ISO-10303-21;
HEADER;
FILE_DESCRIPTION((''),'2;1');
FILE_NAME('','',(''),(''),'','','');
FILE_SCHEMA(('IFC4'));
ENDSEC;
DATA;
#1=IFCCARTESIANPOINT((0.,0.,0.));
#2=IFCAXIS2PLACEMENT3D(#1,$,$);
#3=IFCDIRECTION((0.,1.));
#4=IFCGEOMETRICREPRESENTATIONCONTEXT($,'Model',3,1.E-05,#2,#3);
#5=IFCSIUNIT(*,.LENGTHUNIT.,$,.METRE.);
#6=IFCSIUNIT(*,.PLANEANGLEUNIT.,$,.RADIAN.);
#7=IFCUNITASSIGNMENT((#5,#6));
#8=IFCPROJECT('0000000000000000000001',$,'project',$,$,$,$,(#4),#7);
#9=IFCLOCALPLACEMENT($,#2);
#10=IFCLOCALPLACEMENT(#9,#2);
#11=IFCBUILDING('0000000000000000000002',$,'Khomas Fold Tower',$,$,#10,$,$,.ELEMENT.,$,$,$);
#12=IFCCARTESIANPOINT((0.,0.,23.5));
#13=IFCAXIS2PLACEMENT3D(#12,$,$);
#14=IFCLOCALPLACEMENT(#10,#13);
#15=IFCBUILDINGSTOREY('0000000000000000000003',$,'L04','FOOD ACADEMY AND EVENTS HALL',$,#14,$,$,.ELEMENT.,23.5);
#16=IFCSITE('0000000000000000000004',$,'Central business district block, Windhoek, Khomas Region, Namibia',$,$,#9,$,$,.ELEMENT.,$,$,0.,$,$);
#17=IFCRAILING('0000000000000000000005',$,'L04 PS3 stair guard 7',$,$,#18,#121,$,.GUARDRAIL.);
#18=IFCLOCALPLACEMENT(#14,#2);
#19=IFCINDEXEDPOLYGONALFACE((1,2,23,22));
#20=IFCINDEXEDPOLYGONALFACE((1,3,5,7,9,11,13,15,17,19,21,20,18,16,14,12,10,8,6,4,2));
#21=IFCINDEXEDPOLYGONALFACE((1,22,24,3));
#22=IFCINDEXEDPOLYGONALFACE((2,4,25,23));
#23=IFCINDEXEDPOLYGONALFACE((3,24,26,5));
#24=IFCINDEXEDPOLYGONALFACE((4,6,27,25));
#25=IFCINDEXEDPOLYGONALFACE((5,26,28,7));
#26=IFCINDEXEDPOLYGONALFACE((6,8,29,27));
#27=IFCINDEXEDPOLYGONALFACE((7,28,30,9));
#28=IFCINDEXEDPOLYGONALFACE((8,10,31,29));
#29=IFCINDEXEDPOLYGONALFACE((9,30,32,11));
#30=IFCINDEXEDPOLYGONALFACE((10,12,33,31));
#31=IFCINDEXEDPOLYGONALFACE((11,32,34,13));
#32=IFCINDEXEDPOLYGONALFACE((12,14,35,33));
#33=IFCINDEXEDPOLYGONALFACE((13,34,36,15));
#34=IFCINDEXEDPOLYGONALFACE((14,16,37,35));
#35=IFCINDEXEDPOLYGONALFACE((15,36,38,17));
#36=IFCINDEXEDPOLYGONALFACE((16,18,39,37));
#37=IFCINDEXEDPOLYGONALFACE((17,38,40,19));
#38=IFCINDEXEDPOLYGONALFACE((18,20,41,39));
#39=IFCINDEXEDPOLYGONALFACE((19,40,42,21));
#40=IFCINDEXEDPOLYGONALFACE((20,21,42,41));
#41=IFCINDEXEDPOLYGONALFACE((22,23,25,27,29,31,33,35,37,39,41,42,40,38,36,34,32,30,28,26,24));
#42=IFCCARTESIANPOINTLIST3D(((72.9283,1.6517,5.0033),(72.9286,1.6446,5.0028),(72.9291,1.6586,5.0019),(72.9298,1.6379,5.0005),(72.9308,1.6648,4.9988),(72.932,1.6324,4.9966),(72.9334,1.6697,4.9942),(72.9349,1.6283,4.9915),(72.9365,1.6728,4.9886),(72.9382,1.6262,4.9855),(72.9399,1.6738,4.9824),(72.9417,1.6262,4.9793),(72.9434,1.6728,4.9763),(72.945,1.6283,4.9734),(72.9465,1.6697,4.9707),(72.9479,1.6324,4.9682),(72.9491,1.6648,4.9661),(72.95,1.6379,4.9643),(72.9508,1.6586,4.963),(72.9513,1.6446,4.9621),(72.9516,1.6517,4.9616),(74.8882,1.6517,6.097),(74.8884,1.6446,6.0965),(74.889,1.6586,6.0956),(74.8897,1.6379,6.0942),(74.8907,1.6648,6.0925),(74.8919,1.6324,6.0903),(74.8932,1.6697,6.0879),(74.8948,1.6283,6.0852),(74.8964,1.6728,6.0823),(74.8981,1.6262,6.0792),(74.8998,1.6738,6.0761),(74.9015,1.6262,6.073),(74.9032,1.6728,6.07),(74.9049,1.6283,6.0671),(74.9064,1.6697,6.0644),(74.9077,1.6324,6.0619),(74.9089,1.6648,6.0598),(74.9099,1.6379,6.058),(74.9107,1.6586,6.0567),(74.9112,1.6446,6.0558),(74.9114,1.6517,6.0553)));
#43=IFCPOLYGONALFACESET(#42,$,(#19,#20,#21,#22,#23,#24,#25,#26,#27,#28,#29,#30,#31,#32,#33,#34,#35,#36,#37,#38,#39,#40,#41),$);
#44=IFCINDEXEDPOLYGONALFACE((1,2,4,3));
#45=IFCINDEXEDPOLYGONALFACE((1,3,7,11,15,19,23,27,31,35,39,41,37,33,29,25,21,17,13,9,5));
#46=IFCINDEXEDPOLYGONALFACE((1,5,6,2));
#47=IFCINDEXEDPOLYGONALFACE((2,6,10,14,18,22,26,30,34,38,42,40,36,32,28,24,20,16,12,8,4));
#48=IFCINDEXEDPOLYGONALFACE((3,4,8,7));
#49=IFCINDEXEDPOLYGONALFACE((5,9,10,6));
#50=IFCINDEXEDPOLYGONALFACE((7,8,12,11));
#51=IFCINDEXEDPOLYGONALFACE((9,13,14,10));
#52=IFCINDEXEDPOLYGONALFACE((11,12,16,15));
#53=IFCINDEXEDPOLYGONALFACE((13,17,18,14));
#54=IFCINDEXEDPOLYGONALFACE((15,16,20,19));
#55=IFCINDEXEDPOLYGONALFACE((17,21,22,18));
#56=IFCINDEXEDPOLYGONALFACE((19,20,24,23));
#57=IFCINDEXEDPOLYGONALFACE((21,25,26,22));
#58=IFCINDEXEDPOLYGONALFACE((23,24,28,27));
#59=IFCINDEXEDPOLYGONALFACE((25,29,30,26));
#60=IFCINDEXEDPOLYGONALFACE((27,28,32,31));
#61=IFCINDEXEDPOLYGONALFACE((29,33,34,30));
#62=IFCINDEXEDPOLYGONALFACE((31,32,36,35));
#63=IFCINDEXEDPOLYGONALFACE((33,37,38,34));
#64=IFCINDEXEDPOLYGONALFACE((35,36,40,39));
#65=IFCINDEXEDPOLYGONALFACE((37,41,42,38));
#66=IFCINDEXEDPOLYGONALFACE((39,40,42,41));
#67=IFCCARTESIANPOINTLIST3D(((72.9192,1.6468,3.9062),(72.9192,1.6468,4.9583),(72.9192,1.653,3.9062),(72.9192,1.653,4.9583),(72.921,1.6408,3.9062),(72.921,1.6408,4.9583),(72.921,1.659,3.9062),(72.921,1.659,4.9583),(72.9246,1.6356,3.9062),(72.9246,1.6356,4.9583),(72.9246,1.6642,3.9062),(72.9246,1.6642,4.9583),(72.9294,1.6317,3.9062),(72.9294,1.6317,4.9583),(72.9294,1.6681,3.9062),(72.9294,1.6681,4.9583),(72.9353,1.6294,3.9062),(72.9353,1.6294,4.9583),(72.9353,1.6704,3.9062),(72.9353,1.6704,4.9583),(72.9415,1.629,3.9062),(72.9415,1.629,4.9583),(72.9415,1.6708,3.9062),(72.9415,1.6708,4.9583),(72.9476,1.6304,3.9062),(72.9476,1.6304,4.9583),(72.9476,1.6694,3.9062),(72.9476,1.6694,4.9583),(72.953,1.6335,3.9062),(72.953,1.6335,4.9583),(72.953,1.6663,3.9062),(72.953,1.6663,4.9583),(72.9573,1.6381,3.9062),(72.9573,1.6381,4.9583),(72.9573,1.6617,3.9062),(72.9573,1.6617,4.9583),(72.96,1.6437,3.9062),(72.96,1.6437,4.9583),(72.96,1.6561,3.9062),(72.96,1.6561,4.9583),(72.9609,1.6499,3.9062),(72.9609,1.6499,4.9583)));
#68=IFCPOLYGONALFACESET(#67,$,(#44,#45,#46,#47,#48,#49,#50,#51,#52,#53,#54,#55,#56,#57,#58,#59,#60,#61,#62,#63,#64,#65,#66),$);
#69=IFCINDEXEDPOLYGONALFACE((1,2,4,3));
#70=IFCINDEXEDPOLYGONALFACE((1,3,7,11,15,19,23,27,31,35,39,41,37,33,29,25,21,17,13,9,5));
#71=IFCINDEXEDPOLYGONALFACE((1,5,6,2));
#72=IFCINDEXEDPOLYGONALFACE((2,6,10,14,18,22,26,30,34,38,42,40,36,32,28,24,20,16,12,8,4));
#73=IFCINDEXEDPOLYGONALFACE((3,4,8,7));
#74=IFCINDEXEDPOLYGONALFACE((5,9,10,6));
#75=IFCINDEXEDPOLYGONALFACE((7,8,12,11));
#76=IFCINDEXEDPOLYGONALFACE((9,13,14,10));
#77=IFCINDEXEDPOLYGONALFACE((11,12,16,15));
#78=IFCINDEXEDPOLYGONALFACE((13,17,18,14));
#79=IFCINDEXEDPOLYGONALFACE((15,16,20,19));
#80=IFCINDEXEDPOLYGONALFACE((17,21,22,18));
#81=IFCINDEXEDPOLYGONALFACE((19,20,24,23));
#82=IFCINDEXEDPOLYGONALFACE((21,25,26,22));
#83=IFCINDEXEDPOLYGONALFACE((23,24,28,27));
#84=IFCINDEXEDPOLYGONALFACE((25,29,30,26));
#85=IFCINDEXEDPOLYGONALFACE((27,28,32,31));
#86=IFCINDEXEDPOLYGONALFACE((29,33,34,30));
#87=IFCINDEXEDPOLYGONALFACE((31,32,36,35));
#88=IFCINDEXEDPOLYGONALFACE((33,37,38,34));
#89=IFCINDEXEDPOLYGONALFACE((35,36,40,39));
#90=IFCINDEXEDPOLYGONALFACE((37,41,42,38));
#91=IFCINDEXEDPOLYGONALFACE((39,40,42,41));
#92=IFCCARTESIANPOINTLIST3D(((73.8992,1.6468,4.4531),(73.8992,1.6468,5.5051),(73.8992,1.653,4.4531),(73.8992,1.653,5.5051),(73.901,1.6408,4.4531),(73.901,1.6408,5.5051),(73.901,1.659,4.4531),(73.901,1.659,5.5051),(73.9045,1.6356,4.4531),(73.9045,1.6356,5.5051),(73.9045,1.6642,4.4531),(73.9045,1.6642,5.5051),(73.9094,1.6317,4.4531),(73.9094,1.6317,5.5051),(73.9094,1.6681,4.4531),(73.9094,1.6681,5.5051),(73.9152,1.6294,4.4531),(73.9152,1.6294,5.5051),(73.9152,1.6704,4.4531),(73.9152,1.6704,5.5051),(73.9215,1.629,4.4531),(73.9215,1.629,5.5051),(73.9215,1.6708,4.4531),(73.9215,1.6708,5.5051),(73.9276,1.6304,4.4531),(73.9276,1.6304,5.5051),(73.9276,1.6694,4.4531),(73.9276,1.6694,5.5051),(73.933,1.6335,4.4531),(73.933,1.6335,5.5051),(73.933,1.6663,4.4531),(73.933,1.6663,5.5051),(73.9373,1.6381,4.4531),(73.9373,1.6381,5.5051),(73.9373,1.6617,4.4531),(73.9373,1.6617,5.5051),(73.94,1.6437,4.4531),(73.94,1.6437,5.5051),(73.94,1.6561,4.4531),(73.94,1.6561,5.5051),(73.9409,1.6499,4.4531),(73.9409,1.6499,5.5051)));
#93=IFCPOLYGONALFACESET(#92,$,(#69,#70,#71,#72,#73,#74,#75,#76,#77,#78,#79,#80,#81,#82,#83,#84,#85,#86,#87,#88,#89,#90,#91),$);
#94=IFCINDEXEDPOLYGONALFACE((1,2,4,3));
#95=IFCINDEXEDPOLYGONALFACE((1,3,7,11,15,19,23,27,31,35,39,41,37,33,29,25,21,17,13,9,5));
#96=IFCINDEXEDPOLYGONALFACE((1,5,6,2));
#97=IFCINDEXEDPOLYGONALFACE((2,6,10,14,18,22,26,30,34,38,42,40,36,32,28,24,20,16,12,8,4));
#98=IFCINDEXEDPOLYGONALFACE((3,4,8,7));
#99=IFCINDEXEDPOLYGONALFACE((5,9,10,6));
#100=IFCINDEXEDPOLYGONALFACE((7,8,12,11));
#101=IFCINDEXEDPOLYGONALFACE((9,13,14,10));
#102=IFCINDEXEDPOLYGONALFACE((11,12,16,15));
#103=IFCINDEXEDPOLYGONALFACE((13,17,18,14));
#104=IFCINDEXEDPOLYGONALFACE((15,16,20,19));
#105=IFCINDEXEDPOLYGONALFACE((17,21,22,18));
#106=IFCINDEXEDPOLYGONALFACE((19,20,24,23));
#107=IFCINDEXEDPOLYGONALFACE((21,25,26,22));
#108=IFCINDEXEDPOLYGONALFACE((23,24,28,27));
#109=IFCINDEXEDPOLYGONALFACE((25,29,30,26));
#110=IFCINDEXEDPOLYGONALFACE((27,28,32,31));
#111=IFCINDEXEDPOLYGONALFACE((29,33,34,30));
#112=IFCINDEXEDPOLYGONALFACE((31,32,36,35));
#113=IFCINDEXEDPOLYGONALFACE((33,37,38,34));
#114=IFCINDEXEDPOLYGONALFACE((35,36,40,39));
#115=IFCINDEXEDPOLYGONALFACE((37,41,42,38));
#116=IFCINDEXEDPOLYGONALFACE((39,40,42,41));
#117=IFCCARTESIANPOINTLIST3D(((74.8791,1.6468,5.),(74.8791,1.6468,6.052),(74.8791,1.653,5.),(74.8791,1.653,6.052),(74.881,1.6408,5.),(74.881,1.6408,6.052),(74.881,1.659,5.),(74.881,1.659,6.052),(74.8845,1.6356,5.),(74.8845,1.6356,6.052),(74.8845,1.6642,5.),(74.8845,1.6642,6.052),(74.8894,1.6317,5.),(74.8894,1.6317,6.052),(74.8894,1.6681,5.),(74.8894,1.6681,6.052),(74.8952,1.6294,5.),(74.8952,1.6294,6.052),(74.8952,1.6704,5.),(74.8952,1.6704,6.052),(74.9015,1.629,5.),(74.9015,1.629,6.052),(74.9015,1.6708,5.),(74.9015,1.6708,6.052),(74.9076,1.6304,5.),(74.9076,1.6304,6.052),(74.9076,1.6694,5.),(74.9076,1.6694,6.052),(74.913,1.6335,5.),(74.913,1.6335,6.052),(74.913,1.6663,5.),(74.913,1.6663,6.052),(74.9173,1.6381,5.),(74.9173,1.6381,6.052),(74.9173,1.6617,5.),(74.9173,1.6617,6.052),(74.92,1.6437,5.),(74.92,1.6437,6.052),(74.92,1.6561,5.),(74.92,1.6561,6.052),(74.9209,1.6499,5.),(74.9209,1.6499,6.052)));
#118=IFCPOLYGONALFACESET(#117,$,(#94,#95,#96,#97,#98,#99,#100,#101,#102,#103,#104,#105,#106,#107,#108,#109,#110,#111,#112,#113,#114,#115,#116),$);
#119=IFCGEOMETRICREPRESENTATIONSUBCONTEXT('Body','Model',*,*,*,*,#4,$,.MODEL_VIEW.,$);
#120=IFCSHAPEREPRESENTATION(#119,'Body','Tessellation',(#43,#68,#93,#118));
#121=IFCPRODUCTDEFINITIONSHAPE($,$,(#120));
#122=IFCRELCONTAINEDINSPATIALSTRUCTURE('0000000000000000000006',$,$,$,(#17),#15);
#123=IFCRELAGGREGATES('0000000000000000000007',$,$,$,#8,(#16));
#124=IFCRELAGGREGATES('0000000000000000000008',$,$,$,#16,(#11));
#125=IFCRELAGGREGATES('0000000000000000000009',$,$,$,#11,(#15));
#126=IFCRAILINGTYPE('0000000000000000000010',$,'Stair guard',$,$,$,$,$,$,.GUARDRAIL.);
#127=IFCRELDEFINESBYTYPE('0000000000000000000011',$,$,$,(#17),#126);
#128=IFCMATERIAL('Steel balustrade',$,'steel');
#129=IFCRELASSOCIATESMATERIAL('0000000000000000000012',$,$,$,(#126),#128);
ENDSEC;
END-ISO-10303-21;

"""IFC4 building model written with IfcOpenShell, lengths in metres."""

from ifc_helpers import new_model, si_unit, direction, frame, origin, origin_2d, place, context, subcontext, project, spatial, circle, extrude, source, transform, mapped, material, type_object, element, save


model = new_model("IFC4")

# Units and contexts
model_context = context("Model", 3, precision=1e-05, world=origin(), true_north=direction((0.0, 1.0)))
body_context = subcontext(model_context, "Body", "Model", "MODEL_VIEW")
ifc_project = project(units=[si_unit("LENGTHUNIT", "METRE"), si_unit("PLANEANGLEUNIT", "RADIAN")], contexts=[model_context])

# Site, building, storey
site_placement = place(None, origin())
site = spatial("IfcSite", under=ifc_project, at=site_placement, Name="Central business district block, Windhoek, Khomas Region, Namibia", CompositionType="ELEMENT", RefElevation=0.0)
building_placement = place(site_placement, origin())
building = spatial("IfcBuilding", under=site, at=building_placement, Name="Khomas Fold Tower", CompositionType="ELEMENT")
storey_placement = place(building_placement, frame((0.0, 0.0, 23.5)))
storey = spatial("IfcBuildingStorey", under=building, at=storey_placement, Name="L04", Description="FOOD ACADEMY AND EVENTS HALL", CompositionType="ELEMENT", Elevation=23.5)

# Railing
ifc_material_1 = material(Name="Steel balustrade", Category="steel")
railing_type_1 = type_object("IfcRailingType", Name="Stair guard", PredefinedType="GUARDRAIL", material=ifc_material_1)
shared_shape_1 = source(origin(), body_context, "Body", "SweptSolid", [
    extrude(circle(Radius=0.0239, at=origin_2d()), frame((0.0, 0.0, 1.0762), z_axis=(0.873232, 0.0, 0.487304), x_axis=(0.0, 1.0, 0.0)), (0.0, 0.0, 1.0), 2.2444),
    extrude(circle(Radius=0.021, at=origin_2d()), origin(), (0.0, 0.0, 1.0), 1.052),
    extrude(circle(Radius=0.021, at=origin_2d()), frame((0.98, 0.0, 0.5469)), (0.0, 0.0, 1.0), 1.052),
    extrude(circle(Radius=0.021, at=origin_2d()), frame((1.96, 0.0, 1.0938)), (0.0, 0.0, 1.0), 1.052),
])
for number, where, name in (
    (1, (72.9399, 1.6499, 3.9062), "L04 PS3 stair guard 7"),
):
    element("IfcRailing", number, at=place(storey_placement, frame(where)), inside=storey, type_object=railing_type_1, Name=name, PredefinedType="GUARDRAIL", context=body_context, shape_type="MappedRepresentation", body=[
        mapped(shared_shape_1, transform((0.0, 0.0, 0.0))),
    ])

save(model, "model.ifc")
